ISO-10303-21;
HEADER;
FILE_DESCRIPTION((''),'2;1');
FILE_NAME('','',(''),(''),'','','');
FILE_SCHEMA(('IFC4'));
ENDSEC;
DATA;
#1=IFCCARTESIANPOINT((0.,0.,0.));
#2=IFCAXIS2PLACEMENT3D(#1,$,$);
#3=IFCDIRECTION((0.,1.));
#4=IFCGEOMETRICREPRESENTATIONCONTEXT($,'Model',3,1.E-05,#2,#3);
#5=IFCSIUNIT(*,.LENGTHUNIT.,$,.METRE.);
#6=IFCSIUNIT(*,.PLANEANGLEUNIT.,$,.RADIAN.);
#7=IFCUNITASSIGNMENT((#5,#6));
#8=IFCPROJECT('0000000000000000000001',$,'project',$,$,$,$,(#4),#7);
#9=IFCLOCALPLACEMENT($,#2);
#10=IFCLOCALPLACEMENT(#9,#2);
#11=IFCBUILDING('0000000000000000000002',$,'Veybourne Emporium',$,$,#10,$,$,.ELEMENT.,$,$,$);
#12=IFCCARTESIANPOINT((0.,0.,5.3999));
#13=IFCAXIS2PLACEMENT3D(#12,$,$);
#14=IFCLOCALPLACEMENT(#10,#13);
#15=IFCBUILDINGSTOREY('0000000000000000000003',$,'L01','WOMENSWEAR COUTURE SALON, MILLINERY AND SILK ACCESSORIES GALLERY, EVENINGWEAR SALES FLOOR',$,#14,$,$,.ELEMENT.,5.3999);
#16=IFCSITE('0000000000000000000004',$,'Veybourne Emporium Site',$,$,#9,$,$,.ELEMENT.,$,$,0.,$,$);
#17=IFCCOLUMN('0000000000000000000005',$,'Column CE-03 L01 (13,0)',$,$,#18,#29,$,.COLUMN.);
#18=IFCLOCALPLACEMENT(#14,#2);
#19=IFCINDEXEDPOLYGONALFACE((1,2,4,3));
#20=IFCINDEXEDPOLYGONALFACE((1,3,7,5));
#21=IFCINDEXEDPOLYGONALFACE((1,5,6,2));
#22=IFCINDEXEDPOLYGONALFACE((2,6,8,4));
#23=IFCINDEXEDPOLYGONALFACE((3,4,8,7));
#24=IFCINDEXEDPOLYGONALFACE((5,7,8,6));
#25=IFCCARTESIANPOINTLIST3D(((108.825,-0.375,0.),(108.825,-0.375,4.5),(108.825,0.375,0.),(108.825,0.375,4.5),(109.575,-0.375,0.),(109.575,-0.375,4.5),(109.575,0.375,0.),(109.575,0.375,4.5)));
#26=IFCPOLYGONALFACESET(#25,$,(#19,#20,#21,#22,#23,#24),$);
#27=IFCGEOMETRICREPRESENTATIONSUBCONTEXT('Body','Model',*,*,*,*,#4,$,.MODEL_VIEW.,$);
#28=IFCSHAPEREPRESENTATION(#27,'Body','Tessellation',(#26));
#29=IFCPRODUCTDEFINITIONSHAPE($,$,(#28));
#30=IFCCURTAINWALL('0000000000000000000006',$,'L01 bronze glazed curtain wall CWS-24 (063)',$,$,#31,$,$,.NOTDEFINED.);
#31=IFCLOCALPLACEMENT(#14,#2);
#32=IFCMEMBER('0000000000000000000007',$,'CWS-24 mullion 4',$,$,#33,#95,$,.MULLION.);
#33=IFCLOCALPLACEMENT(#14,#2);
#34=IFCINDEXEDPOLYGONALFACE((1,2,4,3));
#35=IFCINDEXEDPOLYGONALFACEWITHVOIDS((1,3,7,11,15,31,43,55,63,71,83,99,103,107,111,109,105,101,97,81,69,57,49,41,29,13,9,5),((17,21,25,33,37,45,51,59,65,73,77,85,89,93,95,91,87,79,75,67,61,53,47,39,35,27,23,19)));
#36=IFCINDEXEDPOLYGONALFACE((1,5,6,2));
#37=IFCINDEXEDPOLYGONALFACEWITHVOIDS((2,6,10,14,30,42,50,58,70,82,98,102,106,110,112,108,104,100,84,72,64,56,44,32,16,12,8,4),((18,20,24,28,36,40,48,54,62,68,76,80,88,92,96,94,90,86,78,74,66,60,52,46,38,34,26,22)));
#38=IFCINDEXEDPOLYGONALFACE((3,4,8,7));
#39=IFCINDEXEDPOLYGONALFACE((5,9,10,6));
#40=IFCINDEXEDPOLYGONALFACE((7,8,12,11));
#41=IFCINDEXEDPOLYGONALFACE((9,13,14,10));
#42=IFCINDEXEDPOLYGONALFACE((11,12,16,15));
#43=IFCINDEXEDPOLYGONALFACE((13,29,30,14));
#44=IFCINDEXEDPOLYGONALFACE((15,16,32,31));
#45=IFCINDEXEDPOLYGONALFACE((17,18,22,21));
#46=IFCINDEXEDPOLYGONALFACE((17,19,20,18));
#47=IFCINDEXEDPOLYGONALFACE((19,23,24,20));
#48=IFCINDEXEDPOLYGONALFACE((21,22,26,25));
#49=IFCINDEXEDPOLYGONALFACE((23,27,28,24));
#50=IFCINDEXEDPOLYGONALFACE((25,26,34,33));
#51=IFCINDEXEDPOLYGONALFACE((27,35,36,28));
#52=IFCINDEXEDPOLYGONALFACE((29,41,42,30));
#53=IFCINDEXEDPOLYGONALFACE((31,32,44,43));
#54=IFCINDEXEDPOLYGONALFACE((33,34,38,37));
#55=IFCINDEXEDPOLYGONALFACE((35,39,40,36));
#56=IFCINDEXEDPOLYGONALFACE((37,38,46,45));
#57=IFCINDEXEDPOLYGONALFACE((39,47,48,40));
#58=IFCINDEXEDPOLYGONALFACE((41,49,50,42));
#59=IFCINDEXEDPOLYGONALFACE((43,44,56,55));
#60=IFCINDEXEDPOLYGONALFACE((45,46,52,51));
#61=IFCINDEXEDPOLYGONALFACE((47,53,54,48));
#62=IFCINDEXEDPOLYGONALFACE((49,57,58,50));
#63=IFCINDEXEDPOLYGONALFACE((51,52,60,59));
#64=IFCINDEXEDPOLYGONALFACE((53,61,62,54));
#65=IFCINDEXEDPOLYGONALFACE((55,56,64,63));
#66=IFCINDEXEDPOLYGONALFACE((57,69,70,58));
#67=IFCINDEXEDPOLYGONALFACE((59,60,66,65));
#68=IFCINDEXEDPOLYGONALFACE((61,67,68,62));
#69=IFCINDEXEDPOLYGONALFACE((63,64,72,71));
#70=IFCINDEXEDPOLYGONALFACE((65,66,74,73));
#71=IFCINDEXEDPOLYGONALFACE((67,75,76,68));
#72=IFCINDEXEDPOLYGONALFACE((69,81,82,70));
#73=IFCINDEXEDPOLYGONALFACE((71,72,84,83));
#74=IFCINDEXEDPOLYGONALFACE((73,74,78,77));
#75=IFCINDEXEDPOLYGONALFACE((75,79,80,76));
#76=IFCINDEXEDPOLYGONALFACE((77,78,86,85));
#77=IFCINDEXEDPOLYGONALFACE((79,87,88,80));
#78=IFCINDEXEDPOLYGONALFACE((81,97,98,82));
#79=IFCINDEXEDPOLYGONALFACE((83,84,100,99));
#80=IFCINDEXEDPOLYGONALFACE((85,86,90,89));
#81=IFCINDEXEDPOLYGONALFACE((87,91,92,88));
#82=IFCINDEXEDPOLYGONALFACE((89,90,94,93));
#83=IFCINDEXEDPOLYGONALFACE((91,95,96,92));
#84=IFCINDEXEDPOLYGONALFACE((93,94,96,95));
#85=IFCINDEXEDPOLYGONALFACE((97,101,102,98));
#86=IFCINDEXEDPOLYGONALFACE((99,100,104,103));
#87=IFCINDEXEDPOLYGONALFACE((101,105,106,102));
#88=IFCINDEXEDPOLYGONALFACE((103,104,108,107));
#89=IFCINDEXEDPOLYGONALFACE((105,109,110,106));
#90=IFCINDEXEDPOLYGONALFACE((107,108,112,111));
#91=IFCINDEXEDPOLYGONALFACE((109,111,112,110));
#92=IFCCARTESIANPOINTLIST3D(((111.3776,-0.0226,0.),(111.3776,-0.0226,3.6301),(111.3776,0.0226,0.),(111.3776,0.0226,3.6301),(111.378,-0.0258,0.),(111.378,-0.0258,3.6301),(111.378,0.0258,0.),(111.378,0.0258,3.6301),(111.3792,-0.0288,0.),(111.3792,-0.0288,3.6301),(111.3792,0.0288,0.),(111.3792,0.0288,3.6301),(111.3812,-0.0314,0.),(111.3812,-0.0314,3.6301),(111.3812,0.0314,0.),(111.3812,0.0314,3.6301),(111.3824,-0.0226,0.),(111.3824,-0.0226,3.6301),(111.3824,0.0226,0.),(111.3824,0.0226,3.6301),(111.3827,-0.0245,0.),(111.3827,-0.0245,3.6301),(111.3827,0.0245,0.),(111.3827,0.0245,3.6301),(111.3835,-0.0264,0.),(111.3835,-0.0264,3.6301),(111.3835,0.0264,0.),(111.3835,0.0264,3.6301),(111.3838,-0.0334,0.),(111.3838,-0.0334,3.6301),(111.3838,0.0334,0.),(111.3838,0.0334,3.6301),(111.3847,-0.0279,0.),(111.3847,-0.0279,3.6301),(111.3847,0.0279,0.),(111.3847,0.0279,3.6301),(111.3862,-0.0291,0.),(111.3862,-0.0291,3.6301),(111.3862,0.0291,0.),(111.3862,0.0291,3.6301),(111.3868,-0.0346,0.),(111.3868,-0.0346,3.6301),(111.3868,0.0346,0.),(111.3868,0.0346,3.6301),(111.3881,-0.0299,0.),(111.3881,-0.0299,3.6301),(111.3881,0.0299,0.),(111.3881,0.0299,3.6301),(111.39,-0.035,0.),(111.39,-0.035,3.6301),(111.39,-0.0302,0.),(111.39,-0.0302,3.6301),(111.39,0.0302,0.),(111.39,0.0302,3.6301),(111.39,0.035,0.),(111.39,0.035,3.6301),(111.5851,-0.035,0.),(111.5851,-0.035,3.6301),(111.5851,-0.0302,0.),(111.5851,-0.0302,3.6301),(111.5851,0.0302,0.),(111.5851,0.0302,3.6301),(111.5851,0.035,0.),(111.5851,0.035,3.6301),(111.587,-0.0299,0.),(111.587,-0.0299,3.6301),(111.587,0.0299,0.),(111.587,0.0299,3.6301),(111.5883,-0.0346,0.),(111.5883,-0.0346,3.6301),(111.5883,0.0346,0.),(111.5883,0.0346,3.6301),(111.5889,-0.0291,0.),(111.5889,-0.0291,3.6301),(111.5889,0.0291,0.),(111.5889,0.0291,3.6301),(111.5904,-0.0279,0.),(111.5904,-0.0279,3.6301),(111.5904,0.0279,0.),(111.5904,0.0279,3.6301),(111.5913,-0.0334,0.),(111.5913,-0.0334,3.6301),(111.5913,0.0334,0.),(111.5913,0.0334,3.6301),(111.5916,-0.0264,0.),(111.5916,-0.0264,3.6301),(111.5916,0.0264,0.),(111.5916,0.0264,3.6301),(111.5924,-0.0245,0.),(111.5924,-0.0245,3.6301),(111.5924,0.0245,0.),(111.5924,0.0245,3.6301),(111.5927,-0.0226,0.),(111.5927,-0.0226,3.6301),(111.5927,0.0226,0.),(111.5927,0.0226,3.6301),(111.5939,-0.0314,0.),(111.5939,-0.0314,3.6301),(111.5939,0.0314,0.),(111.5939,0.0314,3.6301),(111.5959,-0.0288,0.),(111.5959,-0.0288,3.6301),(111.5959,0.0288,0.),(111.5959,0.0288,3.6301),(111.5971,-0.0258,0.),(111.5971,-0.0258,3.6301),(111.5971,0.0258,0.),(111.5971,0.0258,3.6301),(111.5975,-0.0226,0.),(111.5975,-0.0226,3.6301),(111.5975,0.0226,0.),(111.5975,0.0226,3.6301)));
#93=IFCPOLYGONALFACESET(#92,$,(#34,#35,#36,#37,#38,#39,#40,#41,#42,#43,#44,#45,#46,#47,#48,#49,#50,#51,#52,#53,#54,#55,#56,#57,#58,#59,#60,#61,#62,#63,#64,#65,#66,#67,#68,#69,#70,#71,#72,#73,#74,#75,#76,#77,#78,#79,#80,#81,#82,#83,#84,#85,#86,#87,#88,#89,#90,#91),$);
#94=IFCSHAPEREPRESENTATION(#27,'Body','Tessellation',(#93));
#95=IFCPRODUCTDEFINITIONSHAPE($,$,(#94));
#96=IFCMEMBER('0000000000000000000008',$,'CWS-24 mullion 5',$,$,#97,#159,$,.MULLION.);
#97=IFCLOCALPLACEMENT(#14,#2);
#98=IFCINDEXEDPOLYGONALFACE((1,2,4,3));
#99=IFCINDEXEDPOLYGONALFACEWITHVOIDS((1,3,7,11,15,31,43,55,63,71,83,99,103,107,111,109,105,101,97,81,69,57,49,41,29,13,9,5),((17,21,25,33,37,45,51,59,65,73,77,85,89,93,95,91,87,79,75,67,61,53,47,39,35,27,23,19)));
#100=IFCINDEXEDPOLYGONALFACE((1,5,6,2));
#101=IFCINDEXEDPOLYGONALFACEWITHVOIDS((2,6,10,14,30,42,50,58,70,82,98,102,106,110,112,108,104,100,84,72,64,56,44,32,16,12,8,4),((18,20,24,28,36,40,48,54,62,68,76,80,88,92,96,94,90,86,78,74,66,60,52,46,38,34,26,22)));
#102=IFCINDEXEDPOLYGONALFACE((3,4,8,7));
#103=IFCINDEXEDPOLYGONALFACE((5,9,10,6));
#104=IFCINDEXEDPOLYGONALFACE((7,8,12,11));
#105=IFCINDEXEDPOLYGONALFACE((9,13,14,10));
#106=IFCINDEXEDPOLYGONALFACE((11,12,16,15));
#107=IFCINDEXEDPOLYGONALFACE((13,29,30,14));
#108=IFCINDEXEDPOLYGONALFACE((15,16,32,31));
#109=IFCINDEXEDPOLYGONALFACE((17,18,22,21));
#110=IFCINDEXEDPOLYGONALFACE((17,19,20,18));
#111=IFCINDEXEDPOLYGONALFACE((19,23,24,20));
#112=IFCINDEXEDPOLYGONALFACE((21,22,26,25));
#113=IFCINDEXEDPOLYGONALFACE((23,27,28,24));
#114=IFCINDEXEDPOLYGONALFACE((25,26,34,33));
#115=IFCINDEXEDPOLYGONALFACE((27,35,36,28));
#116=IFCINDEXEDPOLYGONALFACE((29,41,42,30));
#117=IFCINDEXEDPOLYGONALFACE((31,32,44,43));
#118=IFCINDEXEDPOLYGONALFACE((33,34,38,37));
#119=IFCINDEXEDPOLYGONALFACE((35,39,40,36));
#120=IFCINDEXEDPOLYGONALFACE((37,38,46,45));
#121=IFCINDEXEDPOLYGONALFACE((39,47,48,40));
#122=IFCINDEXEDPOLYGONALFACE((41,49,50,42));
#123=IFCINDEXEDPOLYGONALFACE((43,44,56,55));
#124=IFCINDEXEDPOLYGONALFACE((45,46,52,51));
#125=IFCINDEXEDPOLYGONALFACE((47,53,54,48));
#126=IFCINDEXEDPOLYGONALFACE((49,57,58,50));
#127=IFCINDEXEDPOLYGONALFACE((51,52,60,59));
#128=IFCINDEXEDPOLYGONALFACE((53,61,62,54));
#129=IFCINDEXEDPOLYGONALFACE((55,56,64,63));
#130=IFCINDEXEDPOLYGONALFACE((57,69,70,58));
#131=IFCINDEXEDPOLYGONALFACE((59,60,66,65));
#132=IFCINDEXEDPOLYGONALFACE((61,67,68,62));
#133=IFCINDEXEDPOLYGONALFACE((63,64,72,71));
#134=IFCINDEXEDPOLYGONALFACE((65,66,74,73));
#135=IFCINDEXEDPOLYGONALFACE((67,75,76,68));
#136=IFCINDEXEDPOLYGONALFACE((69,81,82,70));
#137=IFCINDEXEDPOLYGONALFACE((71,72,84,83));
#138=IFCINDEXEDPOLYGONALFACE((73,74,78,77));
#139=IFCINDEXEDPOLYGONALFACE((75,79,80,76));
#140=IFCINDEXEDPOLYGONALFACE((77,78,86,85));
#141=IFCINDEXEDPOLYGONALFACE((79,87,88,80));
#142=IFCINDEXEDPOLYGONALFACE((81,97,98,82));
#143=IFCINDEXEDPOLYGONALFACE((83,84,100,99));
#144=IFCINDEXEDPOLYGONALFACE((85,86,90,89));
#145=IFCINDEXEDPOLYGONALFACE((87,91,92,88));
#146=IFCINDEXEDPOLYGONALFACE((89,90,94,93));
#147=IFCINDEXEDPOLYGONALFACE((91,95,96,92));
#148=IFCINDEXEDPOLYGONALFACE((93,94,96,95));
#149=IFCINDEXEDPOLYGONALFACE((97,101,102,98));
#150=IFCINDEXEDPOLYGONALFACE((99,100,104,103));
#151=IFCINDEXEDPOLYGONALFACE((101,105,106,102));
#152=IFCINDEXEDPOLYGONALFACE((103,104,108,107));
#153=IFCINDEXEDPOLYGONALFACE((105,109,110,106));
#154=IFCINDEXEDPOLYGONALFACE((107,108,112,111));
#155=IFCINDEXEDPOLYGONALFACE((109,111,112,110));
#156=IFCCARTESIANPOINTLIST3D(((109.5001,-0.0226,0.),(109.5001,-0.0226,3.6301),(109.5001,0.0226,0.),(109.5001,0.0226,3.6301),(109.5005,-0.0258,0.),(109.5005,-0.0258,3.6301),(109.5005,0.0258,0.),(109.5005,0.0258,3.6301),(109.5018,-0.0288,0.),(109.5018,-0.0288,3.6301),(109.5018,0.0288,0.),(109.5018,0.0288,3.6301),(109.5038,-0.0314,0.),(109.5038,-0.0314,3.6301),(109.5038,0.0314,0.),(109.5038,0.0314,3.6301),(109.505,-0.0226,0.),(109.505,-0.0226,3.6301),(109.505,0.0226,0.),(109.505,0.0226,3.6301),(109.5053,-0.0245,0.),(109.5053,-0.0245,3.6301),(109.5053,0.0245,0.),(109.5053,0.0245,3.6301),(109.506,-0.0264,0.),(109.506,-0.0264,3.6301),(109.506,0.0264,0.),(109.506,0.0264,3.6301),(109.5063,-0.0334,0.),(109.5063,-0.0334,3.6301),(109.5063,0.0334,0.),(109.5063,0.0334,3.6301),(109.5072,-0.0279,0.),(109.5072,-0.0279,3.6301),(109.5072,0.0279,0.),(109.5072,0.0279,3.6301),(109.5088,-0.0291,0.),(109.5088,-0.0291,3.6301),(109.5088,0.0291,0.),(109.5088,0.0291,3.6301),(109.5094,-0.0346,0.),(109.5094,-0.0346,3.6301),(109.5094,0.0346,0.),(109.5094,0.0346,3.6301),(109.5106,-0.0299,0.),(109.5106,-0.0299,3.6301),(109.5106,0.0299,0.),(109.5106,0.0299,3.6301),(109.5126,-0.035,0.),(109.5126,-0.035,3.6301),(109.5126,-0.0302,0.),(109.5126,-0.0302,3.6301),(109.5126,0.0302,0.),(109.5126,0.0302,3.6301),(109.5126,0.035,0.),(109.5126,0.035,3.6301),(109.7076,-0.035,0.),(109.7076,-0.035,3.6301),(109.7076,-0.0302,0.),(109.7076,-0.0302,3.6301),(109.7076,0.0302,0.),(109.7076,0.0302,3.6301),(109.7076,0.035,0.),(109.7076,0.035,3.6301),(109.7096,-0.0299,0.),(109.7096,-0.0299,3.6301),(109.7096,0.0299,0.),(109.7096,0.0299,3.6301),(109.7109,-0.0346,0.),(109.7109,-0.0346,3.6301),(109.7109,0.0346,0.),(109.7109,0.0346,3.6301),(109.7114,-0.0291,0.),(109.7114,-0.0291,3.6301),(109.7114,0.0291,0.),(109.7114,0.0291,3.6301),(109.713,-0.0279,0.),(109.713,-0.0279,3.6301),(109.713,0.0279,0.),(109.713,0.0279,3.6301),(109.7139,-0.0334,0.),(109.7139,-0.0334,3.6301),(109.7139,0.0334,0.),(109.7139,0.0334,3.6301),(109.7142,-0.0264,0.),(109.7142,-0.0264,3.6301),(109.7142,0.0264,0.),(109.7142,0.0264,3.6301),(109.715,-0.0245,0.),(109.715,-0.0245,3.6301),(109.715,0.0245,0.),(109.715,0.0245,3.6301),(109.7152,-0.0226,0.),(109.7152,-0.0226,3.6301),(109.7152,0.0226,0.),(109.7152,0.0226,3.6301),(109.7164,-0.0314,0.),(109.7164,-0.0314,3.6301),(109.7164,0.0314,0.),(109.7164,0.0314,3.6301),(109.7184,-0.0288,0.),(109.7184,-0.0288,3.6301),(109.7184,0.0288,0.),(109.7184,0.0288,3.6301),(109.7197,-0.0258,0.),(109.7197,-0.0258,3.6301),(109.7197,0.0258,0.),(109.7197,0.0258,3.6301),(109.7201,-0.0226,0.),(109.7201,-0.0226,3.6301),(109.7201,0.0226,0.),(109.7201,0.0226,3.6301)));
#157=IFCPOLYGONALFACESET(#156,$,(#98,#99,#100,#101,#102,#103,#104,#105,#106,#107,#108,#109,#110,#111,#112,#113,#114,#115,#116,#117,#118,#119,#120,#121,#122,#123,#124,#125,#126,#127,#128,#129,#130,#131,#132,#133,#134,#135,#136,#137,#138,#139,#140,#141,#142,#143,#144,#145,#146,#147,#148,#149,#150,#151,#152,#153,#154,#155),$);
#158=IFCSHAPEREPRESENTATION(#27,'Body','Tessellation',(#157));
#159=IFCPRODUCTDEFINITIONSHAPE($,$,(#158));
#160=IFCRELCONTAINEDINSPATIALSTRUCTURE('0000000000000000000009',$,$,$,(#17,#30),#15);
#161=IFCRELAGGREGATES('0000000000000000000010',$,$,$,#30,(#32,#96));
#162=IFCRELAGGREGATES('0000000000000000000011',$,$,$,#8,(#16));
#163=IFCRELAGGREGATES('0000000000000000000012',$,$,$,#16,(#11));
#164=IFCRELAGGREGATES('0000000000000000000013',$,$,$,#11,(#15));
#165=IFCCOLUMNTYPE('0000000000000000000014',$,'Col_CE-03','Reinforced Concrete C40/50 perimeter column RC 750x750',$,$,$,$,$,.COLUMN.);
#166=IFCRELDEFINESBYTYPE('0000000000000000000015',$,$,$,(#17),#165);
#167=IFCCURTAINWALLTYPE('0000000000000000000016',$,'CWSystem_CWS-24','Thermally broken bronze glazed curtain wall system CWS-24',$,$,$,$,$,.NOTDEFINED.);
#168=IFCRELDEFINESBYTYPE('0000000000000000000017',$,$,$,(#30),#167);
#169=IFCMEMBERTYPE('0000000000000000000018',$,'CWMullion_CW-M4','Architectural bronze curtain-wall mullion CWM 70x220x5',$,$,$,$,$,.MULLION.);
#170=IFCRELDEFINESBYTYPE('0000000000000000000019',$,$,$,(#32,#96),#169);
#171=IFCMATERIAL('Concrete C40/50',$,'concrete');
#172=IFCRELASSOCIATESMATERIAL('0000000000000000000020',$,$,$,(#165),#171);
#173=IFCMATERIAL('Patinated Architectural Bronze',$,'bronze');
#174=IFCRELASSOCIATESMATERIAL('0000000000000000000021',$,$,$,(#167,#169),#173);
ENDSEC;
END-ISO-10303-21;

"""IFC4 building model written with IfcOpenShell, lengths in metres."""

from ifc_helpers import new_model, si_unit, direction, frame, origin, origin_2d, place, context, subcontext, project, spatial, rectangle, hollow_rectangle, extrude, material, material_profile, profile_set, type_object, element, aggregate, save


model = new_model("IFC4")

# Units and contexts
model_context = context("Model", 3, precision=1e-05, world=origin(), true_north=direction((0.0, 1.0)))
body_context = subcontext(model_context, "Body", "Model", "MODEL_VIEW")
ifc_project = project(units=[si_unit("LENGTHUNIT", "METRE"), si_unit("PLANEANGLEUNIT", "RADIAN")], contexts=[model_context])

# Site, building, storey
site_placement = place(None, origin())
site = spatial("IfcSite", under=ifc_project, at=site_placement, Name="Veybourne Emporium Site", CompositionType="ELEMENT", RefElevation=0.0)
building_placement = place(site_placement, origin())
building = spatial("IfcBuilding", under=site, at=building_placement, Name="Veybourne Emporium", CompositionType="ELEMENT")
storey_placement = place(building_placement, frame((0.0, 0.0, 5.3999)))
storey = spatial("IfcBuildingStorey", under=building, at=storey_placement, Name="L01", Description="WOMENSWEAR COUTURE SALON, MILLINERY AND SILK ACCESSORIES GALLERY, EVENINGWEAR SALES FLOOR", CompositionType="ELEMENT", Elevation=5.3999)

# Column
ifc_material_1 = material(Name="Concrete C40/50", Category="concrete")
ifc_material_profile_1 = material_profile(ifc_material_1, rectangle(XDim=0.75, YDim=0.75, at=origin_2d()), Name="RC 750x750")
ifc_profile_set_1 = profile_set([ifc_material_profile_1], Name="Concrete C40/50")
column_type = type_object("IfcColumnType", Name="Col_CE-03", Description="Reinforced Concrete C40/50 perimeter column RC 750x750", PredefinedType="COLUMN", material=ifc_profile_set_1)
column_placement = place(storey_placement, frame((109.2, 0.0, 0.0), z_axis=(0.0, 0.0, 1.0), x_axis=(1.0, 0.0, 0.0)))
element("IfcColumn", 1, at=column_placement, inside=storey, type_object=column_type, Name="Column CE-03 L01 (13,0)", PredefinedType="COLUMN", context=body_context, shape_type="SweptSolid", body=[
    extrude(rectangle(XDim=0.75, YDim=0.75, at=origin_2d()), origin(), (0.0, 0.0, 1.0), 4.5),
])

# Curtain wall, members
ifc_material_2 = material(Name="Patinated Architectural Bronze", Category="bronze")
curtain_wall_type = type_object("IfcCurtainWallType", Name="CWSystem_CWS-24", Description="Thermally broken bronze glazed curtain wall system CWS-24", PredefinedType="NOTDEFINED", material=ifc_material_2)
curtain_wall_placement = place(storey_placement, origin())
curtain_wall = element("IfcCurtainWall", 2, at=curtain_wall_placement, inside=storey, type_object=curtain_wall_type, Name="L01 bronze glazed curtain wall CWS-24 (063)", PredefinedType="NOTDEFINED")
ifc_material_profile_2 = material_profile(ifc_material_2, hollow_rectangle(XDim=0.0701, YDim=0.22, WallThickness=0.0049, InnerFilletRadius=0.0076, OuterFilletRadius=0.0125, at=origin_2d()), Name="CWM 70x220x5")
ifc_profile_set_2 = profile_set([ifc_material_profile_2], Name="Patinated Architectural Bronze")
member_type_1 = type_object("IfcMemberType", Name="CWMullion_CW-M4", Description="Architectural bronze curtain-wall mullion CWM 70x220x5", PredefinedType="MULLION", material=ifc_profile_set_2)
member_1_placement = place(storey_placement, frame((111.4875, 0.0, 0.0), z_axis=(0.0, 0.0, 1.0), x_axis=(0.0, -1.0, 0.0)))
member_1 = element("IfcMember", 3, at=member_1_placement, type_object=member_type_1, Name="CWS-24 mullion 4", PredefinedType="MULLION", context=body_context, shape_type="SweptSolid", body=[
    extrude(hollow_rectangle(XDim=0.0701, YDim=0.22, WallThickness=0.0049, InnerFilletRadius=0.0076, OuterFilletRadius=0.0125, at=origin_2d()), origin(), (0.0, 0.0, 1.0), 3.6301),
])
member_2_placement = place(storey_placement, frame((109.6101, 0.0, 0.0), z_axis=(0.0, 0.0, 1.0), x_axis=(0.0, -1.0, 0.0)))
member_2 = element("IfcMember", 4, at=member_2_placement, type_object=member_type_1, Name="CWS-24 mullion 5", PredefinedType="MULLION", context=body_context, shape_type="SweptSolid", body=[
    extrude(hollow_rectangle(XDim=0.0701, YDim=0.22, WallThickness=0.0049, InnerFilletRadius=0.0076, OuterFilletRadius=0.0125, at=origin_2d()), origin(), (0.0, 0.0, 1.0), 3.6301),
])

aggregate(curtain_wall, [member_1, member_2])

save(model, "model.ifc")
